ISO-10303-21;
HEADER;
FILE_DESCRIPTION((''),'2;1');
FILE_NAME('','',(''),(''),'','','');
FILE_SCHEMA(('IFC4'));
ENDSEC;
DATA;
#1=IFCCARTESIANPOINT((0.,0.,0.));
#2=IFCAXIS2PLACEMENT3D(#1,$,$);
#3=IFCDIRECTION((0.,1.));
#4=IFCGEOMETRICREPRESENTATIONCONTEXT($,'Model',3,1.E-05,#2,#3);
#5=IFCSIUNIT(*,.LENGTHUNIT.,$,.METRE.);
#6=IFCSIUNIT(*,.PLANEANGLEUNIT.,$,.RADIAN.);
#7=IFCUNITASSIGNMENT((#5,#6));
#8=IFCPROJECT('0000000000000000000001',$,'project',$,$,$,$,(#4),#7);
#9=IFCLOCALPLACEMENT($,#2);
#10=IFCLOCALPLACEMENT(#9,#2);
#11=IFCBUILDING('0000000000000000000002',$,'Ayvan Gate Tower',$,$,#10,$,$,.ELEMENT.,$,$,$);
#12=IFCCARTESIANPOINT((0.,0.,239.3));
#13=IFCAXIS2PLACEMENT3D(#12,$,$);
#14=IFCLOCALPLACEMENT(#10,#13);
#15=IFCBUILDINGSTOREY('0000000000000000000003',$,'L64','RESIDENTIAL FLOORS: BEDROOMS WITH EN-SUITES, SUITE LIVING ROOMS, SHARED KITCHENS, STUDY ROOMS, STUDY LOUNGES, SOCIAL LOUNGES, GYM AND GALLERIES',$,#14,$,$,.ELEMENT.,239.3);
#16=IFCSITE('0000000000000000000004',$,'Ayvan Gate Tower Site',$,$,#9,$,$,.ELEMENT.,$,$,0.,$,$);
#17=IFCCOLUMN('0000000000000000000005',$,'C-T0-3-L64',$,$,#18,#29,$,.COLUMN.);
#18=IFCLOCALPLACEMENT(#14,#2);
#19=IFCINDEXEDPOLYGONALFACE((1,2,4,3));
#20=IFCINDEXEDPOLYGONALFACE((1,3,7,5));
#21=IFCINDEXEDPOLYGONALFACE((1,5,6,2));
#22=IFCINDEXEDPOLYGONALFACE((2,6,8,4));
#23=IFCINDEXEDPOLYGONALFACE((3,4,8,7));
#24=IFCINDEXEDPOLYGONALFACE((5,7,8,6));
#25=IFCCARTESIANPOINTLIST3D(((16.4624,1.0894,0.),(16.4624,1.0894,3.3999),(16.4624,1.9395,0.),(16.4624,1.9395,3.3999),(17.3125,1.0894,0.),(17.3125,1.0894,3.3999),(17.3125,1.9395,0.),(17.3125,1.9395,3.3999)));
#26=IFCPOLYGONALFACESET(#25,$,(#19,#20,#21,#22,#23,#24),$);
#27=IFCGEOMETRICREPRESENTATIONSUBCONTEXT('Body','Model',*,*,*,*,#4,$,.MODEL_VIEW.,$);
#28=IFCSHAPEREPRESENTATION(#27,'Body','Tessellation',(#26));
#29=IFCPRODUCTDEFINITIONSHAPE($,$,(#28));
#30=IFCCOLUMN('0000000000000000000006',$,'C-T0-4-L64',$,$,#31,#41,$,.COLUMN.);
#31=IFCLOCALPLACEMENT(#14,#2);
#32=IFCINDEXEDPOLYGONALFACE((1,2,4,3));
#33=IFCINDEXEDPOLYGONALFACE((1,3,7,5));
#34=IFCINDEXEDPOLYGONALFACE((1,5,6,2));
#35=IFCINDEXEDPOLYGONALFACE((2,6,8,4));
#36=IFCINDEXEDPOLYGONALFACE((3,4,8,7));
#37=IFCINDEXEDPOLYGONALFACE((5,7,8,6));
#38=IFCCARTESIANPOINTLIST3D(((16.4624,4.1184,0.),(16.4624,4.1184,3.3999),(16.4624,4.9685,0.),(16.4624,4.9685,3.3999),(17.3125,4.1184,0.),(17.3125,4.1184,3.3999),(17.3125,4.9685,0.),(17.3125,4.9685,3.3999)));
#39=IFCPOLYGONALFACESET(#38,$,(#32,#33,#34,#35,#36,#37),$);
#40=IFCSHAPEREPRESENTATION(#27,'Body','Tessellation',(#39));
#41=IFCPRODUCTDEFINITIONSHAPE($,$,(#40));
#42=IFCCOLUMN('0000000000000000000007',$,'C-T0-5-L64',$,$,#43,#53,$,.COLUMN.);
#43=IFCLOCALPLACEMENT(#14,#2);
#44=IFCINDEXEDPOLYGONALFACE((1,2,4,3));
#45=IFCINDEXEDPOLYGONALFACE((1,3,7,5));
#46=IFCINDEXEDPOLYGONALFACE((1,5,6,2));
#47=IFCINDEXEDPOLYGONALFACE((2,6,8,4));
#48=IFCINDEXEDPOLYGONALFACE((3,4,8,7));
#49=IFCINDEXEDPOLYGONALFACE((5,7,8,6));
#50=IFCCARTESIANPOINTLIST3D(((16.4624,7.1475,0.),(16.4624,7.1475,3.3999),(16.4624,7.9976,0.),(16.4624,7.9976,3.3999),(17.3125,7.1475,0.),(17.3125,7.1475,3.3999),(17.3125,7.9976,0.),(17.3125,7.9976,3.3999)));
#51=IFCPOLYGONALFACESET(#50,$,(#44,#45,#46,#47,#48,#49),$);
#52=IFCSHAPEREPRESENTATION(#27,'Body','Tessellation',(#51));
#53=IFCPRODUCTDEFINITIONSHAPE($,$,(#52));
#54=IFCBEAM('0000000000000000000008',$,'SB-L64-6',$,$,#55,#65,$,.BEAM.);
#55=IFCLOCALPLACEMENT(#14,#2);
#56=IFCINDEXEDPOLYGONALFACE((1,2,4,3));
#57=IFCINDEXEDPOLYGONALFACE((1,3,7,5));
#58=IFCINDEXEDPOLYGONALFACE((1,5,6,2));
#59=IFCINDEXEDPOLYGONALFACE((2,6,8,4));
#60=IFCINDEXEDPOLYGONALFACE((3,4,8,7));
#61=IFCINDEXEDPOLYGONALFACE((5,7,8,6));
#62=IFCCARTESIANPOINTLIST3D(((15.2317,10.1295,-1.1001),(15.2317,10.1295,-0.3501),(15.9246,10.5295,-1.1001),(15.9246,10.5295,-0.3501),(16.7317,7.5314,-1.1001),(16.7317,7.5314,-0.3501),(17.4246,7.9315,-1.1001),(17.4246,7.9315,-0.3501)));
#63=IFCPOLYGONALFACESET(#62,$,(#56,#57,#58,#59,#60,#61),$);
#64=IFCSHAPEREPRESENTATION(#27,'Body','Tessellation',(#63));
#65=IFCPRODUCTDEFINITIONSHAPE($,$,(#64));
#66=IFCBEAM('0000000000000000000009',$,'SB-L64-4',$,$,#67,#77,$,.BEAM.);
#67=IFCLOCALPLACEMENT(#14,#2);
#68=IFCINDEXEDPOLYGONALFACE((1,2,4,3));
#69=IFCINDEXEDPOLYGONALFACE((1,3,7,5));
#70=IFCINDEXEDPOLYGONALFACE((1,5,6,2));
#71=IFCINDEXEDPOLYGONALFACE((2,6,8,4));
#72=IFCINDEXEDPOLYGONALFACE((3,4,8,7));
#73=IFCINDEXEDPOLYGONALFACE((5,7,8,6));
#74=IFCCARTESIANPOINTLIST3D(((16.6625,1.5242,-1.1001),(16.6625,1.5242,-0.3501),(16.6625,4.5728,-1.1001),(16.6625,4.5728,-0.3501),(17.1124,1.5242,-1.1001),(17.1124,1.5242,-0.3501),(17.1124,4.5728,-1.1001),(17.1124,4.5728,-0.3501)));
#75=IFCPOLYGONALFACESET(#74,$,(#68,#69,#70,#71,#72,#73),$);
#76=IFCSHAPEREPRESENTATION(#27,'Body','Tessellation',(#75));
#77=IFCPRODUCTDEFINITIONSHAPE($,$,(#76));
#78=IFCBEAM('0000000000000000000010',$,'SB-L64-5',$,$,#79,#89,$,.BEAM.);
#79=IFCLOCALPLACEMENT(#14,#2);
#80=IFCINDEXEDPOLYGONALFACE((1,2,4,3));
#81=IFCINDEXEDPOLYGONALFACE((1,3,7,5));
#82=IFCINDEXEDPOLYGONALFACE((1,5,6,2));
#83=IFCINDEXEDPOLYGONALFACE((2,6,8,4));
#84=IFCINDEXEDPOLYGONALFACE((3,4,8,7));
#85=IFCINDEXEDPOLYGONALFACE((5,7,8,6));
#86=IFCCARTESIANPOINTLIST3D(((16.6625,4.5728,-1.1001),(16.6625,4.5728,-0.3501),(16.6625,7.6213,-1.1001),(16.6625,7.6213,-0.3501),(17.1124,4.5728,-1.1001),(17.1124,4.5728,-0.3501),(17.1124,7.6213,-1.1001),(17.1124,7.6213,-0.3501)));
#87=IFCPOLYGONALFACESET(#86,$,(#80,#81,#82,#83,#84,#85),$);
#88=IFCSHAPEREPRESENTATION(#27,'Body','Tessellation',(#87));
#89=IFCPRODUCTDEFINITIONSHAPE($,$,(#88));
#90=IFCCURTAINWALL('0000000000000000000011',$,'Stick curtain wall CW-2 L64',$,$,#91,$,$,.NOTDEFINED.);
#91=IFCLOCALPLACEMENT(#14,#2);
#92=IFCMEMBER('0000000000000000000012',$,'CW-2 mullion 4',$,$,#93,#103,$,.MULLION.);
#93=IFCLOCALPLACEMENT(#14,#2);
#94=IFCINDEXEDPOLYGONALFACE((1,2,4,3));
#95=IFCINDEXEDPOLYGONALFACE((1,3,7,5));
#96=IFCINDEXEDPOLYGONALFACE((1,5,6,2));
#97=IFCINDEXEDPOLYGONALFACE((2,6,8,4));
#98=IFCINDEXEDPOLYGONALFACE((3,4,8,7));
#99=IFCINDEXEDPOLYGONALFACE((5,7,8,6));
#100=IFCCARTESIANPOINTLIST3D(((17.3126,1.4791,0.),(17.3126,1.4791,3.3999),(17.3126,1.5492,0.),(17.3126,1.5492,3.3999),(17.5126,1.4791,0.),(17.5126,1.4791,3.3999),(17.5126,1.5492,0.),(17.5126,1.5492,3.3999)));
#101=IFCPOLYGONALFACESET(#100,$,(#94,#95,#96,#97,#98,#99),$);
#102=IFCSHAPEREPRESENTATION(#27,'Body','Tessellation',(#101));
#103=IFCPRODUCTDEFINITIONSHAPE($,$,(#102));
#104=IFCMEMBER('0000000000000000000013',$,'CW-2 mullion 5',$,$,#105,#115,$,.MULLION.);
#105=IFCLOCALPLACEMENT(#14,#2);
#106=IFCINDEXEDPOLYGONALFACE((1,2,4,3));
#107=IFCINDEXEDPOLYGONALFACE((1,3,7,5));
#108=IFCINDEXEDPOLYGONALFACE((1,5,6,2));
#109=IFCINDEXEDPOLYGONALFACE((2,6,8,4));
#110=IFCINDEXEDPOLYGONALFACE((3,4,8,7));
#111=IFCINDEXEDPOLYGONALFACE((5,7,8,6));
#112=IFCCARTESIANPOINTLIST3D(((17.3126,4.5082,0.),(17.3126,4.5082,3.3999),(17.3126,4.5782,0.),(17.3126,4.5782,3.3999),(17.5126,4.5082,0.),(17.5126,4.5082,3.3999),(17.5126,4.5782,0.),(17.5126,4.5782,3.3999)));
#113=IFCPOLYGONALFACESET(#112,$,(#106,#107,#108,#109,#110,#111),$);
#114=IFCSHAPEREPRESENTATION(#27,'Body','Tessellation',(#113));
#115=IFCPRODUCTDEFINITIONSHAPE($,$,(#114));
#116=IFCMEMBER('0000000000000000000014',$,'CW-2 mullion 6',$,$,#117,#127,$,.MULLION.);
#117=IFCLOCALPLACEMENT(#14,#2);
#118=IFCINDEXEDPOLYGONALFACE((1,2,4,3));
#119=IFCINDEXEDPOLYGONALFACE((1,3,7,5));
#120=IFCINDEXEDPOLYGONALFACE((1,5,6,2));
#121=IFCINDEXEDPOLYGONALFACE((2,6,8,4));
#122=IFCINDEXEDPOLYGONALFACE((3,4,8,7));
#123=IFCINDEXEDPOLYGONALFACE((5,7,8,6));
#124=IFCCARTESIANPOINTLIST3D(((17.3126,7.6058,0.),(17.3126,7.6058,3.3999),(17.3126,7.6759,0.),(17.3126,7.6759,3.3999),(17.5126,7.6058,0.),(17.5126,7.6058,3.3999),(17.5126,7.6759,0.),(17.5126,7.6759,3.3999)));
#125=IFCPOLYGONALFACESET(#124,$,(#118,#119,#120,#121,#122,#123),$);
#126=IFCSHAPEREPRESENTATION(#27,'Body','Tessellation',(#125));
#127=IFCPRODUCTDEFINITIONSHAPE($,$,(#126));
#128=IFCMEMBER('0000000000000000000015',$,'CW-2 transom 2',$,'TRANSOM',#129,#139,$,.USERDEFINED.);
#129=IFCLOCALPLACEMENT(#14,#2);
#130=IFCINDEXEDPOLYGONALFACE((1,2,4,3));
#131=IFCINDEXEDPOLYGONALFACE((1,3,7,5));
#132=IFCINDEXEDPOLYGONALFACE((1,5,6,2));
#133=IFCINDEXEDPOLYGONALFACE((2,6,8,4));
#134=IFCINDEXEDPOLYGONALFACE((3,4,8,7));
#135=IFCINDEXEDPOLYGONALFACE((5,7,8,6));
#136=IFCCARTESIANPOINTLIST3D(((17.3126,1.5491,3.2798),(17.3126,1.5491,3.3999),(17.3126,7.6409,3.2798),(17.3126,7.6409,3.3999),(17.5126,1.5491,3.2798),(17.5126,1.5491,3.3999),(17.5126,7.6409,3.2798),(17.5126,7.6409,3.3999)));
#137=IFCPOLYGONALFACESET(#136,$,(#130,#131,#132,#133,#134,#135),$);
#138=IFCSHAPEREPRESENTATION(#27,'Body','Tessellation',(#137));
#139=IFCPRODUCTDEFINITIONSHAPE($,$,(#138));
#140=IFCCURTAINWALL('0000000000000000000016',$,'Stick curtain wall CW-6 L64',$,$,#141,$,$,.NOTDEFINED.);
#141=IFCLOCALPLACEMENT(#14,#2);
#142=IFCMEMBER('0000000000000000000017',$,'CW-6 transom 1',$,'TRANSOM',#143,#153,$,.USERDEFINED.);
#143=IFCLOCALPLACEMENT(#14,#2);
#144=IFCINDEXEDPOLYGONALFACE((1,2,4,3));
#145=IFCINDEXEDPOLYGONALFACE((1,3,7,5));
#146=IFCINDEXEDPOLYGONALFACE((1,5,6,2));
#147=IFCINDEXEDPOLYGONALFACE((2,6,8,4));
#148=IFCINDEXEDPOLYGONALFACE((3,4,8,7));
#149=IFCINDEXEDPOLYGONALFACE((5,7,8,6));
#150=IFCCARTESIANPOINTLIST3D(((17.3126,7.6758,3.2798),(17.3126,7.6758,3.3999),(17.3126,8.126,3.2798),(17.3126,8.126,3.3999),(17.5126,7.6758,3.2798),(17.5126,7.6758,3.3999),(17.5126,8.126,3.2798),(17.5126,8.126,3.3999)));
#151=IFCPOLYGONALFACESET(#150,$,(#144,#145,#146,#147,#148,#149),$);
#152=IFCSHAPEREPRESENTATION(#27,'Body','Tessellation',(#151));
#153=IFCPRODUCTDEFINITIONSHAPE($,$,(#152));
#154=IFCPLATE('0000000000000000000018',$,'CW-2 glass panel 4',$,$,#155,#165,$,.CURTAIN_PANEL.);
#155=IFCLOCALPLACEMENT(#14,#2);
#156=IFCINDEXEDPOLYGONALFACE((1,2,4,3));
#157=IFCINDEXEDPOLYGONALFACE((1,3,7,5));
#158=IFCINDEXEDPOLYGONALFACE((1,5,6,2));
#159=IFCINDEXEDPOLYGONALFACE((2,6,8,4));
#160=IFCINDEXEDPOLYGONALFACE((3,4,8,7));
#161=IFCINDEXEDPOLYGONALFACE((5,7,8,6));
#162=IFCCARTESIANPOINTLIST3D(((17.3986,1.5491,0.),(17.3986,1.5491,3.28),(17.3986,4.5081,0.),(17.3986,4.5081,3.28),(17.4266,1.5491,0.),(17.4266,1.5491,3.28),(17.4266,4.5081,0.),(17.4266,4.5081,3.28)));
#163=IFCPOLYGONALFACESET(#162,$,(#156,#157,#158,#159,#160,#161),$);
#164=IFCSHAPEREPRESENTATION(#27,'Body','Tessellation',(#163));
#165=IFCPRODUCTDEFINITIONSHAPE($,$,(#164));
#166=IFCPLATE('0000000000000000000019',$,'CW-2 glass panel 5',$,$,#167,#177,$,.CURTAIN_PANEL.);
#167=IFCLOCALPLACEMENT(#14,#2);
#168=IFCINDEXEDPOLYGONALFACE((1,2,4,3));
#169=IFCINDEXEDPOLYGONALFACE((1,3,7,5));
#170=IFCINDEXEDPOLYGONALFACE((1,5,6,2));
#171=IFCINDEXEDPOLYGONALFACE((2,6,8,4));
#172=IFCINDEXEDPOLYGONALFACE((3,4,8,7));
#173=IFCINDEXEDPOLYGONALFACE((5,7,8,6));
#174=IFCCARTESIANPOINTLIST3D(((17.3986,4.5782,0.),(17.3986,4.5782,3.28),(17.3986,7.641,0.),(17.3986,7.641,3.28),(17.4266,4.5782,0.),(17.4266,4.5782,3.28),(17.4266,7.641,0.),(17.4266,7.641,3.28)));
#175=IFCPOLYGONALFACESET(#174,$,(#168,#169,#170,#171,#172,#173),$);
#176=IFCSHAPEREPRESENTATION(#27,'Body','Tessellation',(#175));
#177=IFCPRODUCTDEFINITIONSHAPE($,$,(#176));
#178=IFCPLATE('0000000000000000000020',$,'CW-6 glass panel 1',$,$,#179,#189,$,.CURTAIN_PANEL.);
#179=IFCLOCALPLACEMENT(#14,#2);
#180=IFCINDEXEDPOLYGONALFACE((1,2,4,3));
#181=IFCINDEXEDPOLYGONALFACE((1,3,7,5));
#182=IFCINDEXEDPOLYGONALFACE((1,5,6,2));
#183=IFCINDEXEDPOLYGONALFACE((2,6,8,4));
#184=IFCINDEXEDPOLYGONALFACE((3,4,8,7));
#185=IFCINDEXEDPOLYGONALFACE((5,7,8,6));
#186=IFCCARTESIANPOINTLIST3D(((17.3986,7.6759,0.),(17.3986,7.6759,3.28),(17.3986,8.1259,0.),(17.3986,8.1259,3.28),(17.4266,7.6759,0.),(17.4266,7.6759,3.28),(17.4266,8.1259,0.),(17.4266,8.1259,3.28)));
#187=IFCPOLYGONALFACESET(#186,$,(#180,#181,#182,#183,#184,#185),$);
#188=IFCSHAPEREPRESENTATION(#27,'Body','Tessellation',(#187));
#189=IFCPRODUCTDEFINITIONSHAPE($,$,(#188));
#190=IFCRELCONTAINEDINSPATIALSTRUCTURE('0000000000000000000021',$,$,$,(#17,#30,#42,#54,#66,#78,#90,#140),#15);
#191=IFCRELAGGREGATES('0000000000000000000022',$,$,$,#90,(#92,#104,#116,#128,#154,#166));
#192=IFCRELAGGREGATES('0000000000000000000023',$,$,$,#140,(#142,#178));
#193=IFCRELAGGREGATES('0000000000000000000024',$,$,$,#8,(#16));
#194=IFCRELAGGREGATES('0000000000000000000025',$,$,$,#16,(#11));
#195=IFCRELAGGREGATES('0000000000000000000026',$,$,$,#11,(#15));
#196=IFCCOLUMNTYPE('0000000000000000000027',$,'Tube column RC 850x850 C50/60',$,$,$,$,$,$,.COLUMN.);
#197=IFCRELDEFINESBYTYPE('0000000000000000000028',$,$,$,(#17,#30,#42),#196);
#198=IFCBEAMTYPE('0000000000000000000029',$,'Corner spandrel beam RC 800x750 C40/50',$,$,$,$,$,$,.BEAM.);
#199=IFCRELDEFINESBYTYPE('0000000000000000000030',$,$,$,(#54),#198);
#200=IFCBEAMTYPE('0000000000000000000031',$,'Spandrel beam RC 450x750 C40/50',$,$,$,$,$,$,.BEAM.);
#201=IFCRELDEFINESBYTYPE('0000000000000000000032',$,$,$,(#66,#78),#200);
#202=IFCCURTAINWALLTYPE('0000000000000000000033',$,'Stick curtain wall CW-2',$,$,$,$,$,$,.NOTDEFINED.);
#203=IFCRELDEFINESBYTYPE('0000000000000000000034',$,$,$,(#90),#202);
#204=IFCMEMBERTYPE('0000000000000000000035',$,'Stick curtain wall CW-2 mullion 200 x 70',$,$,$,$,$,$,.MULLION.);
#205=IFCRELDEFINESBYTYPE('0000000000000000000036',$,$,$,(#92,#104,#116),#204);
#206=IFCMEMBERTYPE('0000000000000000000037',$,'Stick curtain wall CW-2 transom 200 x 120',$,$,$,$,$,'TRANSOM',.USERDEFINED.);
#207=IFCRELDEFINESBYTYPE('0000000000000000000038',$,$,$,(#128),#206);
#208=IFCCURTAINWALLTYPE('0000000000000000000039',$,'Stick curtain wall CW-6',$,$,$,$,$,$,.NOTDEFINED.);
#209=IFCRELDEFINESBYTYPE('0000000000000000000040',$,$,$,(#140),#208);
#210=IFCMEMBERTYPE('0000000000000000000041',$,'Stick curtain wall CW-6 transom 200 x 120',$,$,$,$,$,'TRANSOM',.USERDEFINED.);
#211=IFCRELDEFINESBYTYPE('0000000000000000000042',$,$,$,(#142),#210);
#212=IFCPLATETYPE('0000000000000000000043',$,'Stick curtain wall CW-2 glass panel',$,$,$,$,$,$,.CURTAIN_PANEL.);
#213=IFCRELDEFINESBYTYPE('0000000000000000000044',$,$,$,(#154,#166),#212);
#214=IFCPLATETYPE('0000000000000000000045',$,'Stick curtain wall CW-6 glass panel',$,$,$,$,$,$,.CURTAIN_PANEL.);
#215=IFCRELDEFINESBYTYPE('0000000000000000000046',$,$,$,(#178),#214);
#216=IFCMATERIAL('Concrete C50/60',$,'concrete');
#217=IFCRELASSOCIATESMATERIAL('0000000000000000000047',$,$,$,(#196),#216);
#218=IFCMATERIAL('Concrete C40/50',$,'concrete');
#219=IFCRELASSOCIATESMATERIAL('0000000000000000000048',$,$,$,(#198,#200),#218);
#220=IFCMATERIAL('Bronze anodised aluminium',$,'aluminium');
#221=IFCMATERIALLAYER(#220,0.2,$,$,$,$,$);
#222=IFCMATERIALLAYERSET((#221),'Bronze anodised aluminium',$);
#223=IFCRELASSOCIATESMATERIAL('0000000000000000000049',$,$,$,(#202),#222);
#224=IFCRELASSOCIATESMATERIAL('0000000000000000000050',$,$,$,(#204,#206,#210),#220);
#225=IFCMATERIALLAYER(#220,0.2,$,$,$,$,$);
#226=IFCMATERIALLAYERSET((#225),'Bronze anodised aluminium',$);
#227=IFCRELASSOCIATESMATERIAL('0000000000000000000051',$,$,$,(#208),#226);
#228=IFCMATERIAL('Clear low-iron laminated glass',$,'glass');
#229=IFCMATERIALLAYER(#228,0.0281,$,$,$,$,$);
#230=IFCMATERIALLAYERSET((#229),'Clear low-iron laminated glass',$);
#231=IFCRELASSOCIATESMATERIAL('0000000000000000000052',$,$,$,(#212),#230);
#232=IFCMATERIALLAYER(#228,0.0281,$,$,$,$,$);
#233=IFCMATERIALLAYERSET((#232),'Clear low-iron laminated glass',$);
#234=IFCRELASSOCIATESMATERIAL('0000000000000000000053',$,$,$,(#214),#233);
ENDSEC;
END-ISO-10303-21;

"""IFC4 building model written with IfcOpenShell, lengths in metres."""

from ifc_helpers import new_model, si_unit, direction, frame, origin, origin_2d, place, context, subcontext, project, spatial, rectangle, extrude, material, layer, layer_set, material_profile, profile_set, type_object, element, aggregate, save


model = new_model("IFC4")

# Units and contexts
model_context = context("Model", 3, precision=1e-05, world=origin(), true_north=direction((0.0, 1.0)))
body_context = subcontext(model_context, "Body", "Model", "MODEL_VIEW")
ifc_project = project(units=[si_unit("LENGTHUNIT", "METRE"), si_unit("PLANEANGLEUNIT", "RADIAN")], contexts=[model_context])

# Site, building, storey
site_placement = place(None, origin())
site = spatial("IfcSite", under=ifc_project, at=site_placement, Name="Ayvan Gate Tower Site", CompositionType="ELEMENT", RefElevation=0.0)
building_placement = place(site_placement, origin())
building = spatial("IfcBuilding", under=site, at=building_placement, Name="Ayvan Gate Tower", CompositionType="ELEMENT")
storey_placement = place(building_placement, frame((0.0, 0.0, 239.3)))
storey = spatial("IfcBuildingStorey", under=building, at=storey_placement, Name="L64", Description="RESIDENTIAL FLOORS: BEDROOMS WITH EN-SUITES, SUITE LIVING ROOMS, SHARED KITCHENS, STUDY ROOMS, STUDY LOUNGES, SOCIAL LOUNGES, GYM AND GALLERIES", CompositionType="ELEMENT", Elevation=239.3)

# Columns
ifc_material_1 = material(Name="Concrete C50/60", Category="concrete")
ifc_material_profile_1 = material_profile(ifc_material_1, rectangle(XDim=0.8501, YDim=0.8501, at=origin_2d()), Name="RC 850x850")
ifc_profile_set_1 = profile_set([ifc_material_profile_1], Name="Concrete C50/60")
column_type = type_object("IfcColumnType", Name="Tube column RC 850x850 C50/60", PredefinedType="COLUMN", material=ifc_profile_set_1)
for number, where, z_axis, x_axis, name in (
    (1, (16.8875, 1.5144, 0.0), (0.0, 0.0, 1.0), (1.0, 0.0, 0.0), "C-T0-3-L64"),
    (2, (16.8875, 4.5435, 0.0), (0.0, 0.0, 1.0), (1.0, 0.0, 0.0), "C-T0-4-L64"),
    (3, (16.8875, 7.5725, 0.0), (0.0, 0.0, 1.0), (1.0, 0.0, 0.0), "C-T0-5-L64"),
):
    element("IfcColumn", number, at=place(storey_placement, frame(where, z_axis=z_axis, x_axis=x_axis)), inside=storey, type_object=column_type, Name=name, PredefinedType="COLUMN", context=body_context, shape_type="SweptSolid", body=[
        extrude(rectangle(XDim=0.8501, YDim=0.8501, at=origin_2d()), origin(), (0.0, 0.0, 1.0), 3.3999),
    ])

# Beams
ifc_material_2 = material(Name="Concrete C40/50", Category="concrete")
ifc_material_profile_2 = material_profile(ifc_material_2, rectangle(XDim=0.8, YDim=0.75, at=origin_2d()), Name="RC 800x750")
ifc_profile_set_2 = profile_set([ifc_material_profile_2], Name="Concrete C40/50")
beam_type_1 = type_object("IfcBeamType", Name="Corner spandrel beam RC 800x750 C40/50", PredefinedType="BEAM", material=ifc_profile_set_2)
beam_placement = place(storey_placement, frame((17.0781, 7.7314, -0.7251), z_axis=(-0.49999, 0.866031, 0.0), x_axis=(-0.866031, -0.49999, 0.0)))
element("IfcBeam", 4, at=beam_placement, inside=storey, type_object=beam_type_1, Name="SB-L64-6", PredefinedType="BEAM", context=body_context, shape_type="SweptSolid", body=[
    extrude(rectangle(XDim=0.8, YDim=0.75, at=origin_2d()), origin(), (0.0, 0.0, 1.0), 3.0),
])
ifc_material_profile_3 = material_profile(ifc_material_2, rectangle(XDim=0.45, YDim=0.75, at=origin_2d()), Name="RC 450x750")
ifc_profile_set_3 = profile_set([ifc_material_profile_3], Name="Concrete C40/50")
beam_type_2 = type_object("IfcBeamType", Name="Spandrel beam RC 450x750 C40/50", PredefinedType="BEAM", material=ifc_profile_set_3)
for number, where, z_axis, x_axis, name in (
    (5, (16.8875, 1.5242, -0.7251), (0.0, 1.0, 0.0), (-1.0, 0.0, 0.0), "SB-L64-4"),
    (6, (16.8875, 4.5728, -0.7251), (0.0, 1.0, 0.0), (-1.0, 0.0, 0.0), "SB-L64-5"),
):
    element("IfcBeam", number, at=place(storey_placement, frame(where, z_axis=z_axis, x_axis=x_axis)), inside=storey, type_object=beam_type_2, Name=name, PredefinedType="BEAM", context=body_context, shape_type="SweptSolid", body=[
        extrude(rectangle(XDim=0.45, YDim=0.75, at=origin_2d()), origin(), (0.0, 0.0, 1.0), 3.0486),
    ])

# Curtain wall, members
ifc_material_3 = material(Name="Bronze anodised aluminium", Category="aluminium")
ifc_layer_1 = layer(ifc_material_3, 0.2)
ifc_layer_set_1 = layer_set([ifc_layer_1], Name="Bronze anodised aluminium")
curtain_wall_type_1 = type_object("IfcCurtainWallType", Name="Stick curtain wall CW-2", PredefinedType="NOTDEFINED", material=ifc_layer_set_1)
curtain_wall_1_placement = place(storey_placement, origin())
curtain_wall_1 = element("IfcCurtainWall", 7, at=curtain_wall_1_placement, inside=storey, type_object=curtain_wall_type_1, Name="Stick curtain wall CW-2 L64", PredefinedType="NOTDEFINED")
ifc_material_profile_4 = material_profile(ifc_material_3, rectangle(XDim=0.2, YDim=0.0701, at=origin_2d()), Name="Stick curtain wall CW-2 mullion 200 x 70")
ifc_profile_set_4 = profile_set([ifc_material_profile_4], Name="Bronze anodised aluminium")
member_type_1 = type_object("IfcMemberType", Name="Stick curtain wall CW-2 mullion 200 x 70", PredefinedType="MULLION", material=ifc_profile_set_4)
member_1_placement = place(storey_placement, frame((17.4126, 1.5142, 0.0), z_axis=(0.0, 0.0, 1.0), x_axis=(1.0, 0.0, 0.0)))
member_1 = element("IfcMember", 8, at=member_1_placement, type_object=member_type_1, Name="CW-2 mullion 4", PredefinedType="MULLION", context=body_context, shape_type="SweptSolid", body=[
    extrude(rectangle(XDim=0.2, YDim=0.0701, at=origin_2d()), origin(), (0.0, 0.0, 1.0), 3.3999),
])
member_2_placement = place(storey_placement, frame((17.4126, 4.5432, 0.0), z_axis=(0.0, 0.0, 1.0), x_axis=(1.0, 0.0, 0.0)))
member_2 = element("IfcMember", 9, at=member_2_placement, type_object=member_type_1, Name="CW-2 mullion 5", PredefinedType="MULLION", context=body_context, shape_type="SweptSolid", body=[
    extrude(rectangle(XDim=0.2, YDim=0.0701, at=origin_2d()), origin(), (0.0, 0.0, 1.0), 3.3999),
])
member_3_placement = place(storey_placement, frame((17.4126, 7.6409, 0.0), z_axis=(0.0, 0.0, 1.0), x_axis=(1.0, 0.0, 0.0)))
member_3 = element("IfcMember", 10, at=member_3_placement, type_object=member_type_1, Name="CW-2 mullion 6", PredefinedType="MULLION", context=body_context, shape_type="SweptSolid", body=[
    extrude(rectangle(XDim=0.2, YDim=0.0701, at=origin_2d()), origin(), (0.0, 0.0, 1.0), 3.3999),
])
ifc_material_profile_5 = material_profile(ifc_material_3, rectangle(XDim=0.2, YDim=0.1201, at=origin_2d()), Name="Stick curtain wall CW-2 transom 200 x 120")
ifc_profile_set_5 = profile_set([ifc_material_profile_5], Name="Bronze anodised aluminium")
member_type_2 = type_object("IfcMemberType", Name="Stick curtain wall CW-2 transom 200 x 120", ElementType="TRANSOM", PredefinedType="USERDEFINED", material=ifc_profile_set_5)
member_4_placement = place(storey_placement, frame((17.4126, 1.5491, 3.3398), z_axis=(0.0, 1.0, 0.0), x_axis=(-1.0, 0.0, 0.0)))
member_4 = element("IfcMember", 11, at=member_4_placement, type_object=member_type_2, Name="CW-2 transom 2", ObjectType="TRANSOM", PredefinedType="USERDEFINED", context=body_context, shape_type="SweptSolid", body=[
    extrude(rectangle(XDim=0.2, YDim=0.1201, at=origin_2d()), origin(), (0.0, 0.0, 1.0), 6.0918),
])

# Curtain wall, member
ifc_layer_2 = layer(ifc_material_3, 0.2)
ifc_layer_set_2 = layer_set([ifc_layer_2], Name="Bronze anodised aluminium")
curtain_wall_type_2 = type_object("IfcCurtainWallType", Name="Stick curtain wall CW-6", PredefinedType="NOTDEFINED", material=ifc_layer_set_2)
curtain_wall_2_placement = place(storey_placement, origin())
curtain_wall_2 = element("IfcCurtainWall", 12, at=curtain_wall_2_placement, inside=storey, type_object=curtain_wall_type_2, Name="Stick curtain wall CW-6 L64", PredefinedType="NOTDEFINED")
ifc_material_profile_6 = material_profile(ifc_material_3, rectangle(XDim=0.2, YDim=0.1201, at=origin_2d()), Name="Stick curtain wall CW-6 transom 200 x 120")
ifc_profile_set_6 = profile_set([ifc_material_profile_6], Name="Bronze anodised aluminium")
member_type_3 = type_object("IfcMemberType", Name="Stick curtain wall CW-6 transom 200 x 120", ElementType="TRANSOM", PredefinedType="USERDEFINED", material=ifc_profile_set_6)
member_5_placement = place(storey_placement, frame((17.4126, 7.6758, 3.3398), z_axis=(0.0, 1.0, 0.0), x_axis=(-1.0, 0.0, 0.0)))
member_5 = element("IfcMember", 13, at=member_5_placement, type_object=member_type_3, Name="CW-6 transom 1", ObjectType="TRANSOM", PredefinedType="USERDEFINED", context=body_context, shape_type="SweptSolid", body=[
    extrude(rectangle(XDim=0.2, YDim=0.1201, at=origin_2d()), origin(), (0.0, 0.0, 1.0), 0.4502),
])

# Plates
ifc_material_4 = material(Name="Clear low-iron laminated glass", Category="glass")
ifc_layer_3 = layer(ifc_material_4, 0.0281)
ifc_layer_set_3 = layer_set([ifc_layer_3], Name="Clear low-iron laminated glass")
plate_type_1 = type_object("IfcPlateType", Name="Stick curtain wall CW-2 glass panel", PredefinedType="CURTAIN_PANEL", material=ifc_layer_set_3)
plate_1_placement = place(storey_placement, frame((17.4126, 3.0286, 0.0), z_axis=(0.0, 0.0, 1.0), x_axis=(0.0, 1.0, 0.0)))
plate_1 = element("IfcPlate", 14, at=plate_1_placement, type_object=plate_type_1, Name="CW-2 glass panel 4", PredefinedType="CURTAIN_PANEL", context=body_context, shape_type="SweptSolid", body=[
    extrude(rectangle(XDim=2.959, YDim=0.0281, at=origin_2d()), origin(), (0.0, 0.0, 1.0), 3.28),
])
plate_2_placement = place(storey_placement, frame((17.4126, 6.1096, 0.0), z_axis=(0.0, 0.0, 1.0), x_axis=(0.0, 1.0, 0.0)))
plate_2 = element("IfcPlate", 15, at=plate_2_placement, type_object=plate_type_1, Name="CW-2 glass panel 5", PredefinedType="CURTAIN_PANEL", context=body_context, shape_type="SweptSolid", body=[
    extrude(rectangle(XDim=3.0627, YDim=0.0281, at=origin_2d()), origin(), (0.0, 0.0, 1.0), 3.28),
])
aggregate(curtain_wall_1, [member_1, member_2, member_3, member_4, plate_1, plate_2])
ifc_layer_4 = layer(ifc_material_4, 0.0281)
ifc_layer_set_4 = layer_set([ifc_layer_4], Name="Clear low-iron laminated glass")
plate_type_2 = type_object("IfcPlateType", Name="Stick curtain wall CW-6 glass panel", PredefinedType="CURTAIN_PANEL", material=ifc_layer_set_4)
plate_3_placement = place(storey_placement, frame((17.4126, 7.9009, 0.0), z_axis=(0.0, 0.0, 1.0), x_axis=(0.0, 1.0, 0.0)))
plate_3 = element("IfcPlate", 16, at=plate_3_placement, type_object=plate_type_2, Name="CW-6 glass panel 1", PredefinedType="CURTAIN_PANEL", context=body_context, shape_type="SweptSolid", body=[
    extrude(rectangle(XDim=0.45, YDim=0.0281, at=origin_2d()), origin(), (0.0, 0.0, 1.0), 3.28),
])
aggregate(curtain_wall_2, [member_5, plate_3])

save(model, "model.ifc")
